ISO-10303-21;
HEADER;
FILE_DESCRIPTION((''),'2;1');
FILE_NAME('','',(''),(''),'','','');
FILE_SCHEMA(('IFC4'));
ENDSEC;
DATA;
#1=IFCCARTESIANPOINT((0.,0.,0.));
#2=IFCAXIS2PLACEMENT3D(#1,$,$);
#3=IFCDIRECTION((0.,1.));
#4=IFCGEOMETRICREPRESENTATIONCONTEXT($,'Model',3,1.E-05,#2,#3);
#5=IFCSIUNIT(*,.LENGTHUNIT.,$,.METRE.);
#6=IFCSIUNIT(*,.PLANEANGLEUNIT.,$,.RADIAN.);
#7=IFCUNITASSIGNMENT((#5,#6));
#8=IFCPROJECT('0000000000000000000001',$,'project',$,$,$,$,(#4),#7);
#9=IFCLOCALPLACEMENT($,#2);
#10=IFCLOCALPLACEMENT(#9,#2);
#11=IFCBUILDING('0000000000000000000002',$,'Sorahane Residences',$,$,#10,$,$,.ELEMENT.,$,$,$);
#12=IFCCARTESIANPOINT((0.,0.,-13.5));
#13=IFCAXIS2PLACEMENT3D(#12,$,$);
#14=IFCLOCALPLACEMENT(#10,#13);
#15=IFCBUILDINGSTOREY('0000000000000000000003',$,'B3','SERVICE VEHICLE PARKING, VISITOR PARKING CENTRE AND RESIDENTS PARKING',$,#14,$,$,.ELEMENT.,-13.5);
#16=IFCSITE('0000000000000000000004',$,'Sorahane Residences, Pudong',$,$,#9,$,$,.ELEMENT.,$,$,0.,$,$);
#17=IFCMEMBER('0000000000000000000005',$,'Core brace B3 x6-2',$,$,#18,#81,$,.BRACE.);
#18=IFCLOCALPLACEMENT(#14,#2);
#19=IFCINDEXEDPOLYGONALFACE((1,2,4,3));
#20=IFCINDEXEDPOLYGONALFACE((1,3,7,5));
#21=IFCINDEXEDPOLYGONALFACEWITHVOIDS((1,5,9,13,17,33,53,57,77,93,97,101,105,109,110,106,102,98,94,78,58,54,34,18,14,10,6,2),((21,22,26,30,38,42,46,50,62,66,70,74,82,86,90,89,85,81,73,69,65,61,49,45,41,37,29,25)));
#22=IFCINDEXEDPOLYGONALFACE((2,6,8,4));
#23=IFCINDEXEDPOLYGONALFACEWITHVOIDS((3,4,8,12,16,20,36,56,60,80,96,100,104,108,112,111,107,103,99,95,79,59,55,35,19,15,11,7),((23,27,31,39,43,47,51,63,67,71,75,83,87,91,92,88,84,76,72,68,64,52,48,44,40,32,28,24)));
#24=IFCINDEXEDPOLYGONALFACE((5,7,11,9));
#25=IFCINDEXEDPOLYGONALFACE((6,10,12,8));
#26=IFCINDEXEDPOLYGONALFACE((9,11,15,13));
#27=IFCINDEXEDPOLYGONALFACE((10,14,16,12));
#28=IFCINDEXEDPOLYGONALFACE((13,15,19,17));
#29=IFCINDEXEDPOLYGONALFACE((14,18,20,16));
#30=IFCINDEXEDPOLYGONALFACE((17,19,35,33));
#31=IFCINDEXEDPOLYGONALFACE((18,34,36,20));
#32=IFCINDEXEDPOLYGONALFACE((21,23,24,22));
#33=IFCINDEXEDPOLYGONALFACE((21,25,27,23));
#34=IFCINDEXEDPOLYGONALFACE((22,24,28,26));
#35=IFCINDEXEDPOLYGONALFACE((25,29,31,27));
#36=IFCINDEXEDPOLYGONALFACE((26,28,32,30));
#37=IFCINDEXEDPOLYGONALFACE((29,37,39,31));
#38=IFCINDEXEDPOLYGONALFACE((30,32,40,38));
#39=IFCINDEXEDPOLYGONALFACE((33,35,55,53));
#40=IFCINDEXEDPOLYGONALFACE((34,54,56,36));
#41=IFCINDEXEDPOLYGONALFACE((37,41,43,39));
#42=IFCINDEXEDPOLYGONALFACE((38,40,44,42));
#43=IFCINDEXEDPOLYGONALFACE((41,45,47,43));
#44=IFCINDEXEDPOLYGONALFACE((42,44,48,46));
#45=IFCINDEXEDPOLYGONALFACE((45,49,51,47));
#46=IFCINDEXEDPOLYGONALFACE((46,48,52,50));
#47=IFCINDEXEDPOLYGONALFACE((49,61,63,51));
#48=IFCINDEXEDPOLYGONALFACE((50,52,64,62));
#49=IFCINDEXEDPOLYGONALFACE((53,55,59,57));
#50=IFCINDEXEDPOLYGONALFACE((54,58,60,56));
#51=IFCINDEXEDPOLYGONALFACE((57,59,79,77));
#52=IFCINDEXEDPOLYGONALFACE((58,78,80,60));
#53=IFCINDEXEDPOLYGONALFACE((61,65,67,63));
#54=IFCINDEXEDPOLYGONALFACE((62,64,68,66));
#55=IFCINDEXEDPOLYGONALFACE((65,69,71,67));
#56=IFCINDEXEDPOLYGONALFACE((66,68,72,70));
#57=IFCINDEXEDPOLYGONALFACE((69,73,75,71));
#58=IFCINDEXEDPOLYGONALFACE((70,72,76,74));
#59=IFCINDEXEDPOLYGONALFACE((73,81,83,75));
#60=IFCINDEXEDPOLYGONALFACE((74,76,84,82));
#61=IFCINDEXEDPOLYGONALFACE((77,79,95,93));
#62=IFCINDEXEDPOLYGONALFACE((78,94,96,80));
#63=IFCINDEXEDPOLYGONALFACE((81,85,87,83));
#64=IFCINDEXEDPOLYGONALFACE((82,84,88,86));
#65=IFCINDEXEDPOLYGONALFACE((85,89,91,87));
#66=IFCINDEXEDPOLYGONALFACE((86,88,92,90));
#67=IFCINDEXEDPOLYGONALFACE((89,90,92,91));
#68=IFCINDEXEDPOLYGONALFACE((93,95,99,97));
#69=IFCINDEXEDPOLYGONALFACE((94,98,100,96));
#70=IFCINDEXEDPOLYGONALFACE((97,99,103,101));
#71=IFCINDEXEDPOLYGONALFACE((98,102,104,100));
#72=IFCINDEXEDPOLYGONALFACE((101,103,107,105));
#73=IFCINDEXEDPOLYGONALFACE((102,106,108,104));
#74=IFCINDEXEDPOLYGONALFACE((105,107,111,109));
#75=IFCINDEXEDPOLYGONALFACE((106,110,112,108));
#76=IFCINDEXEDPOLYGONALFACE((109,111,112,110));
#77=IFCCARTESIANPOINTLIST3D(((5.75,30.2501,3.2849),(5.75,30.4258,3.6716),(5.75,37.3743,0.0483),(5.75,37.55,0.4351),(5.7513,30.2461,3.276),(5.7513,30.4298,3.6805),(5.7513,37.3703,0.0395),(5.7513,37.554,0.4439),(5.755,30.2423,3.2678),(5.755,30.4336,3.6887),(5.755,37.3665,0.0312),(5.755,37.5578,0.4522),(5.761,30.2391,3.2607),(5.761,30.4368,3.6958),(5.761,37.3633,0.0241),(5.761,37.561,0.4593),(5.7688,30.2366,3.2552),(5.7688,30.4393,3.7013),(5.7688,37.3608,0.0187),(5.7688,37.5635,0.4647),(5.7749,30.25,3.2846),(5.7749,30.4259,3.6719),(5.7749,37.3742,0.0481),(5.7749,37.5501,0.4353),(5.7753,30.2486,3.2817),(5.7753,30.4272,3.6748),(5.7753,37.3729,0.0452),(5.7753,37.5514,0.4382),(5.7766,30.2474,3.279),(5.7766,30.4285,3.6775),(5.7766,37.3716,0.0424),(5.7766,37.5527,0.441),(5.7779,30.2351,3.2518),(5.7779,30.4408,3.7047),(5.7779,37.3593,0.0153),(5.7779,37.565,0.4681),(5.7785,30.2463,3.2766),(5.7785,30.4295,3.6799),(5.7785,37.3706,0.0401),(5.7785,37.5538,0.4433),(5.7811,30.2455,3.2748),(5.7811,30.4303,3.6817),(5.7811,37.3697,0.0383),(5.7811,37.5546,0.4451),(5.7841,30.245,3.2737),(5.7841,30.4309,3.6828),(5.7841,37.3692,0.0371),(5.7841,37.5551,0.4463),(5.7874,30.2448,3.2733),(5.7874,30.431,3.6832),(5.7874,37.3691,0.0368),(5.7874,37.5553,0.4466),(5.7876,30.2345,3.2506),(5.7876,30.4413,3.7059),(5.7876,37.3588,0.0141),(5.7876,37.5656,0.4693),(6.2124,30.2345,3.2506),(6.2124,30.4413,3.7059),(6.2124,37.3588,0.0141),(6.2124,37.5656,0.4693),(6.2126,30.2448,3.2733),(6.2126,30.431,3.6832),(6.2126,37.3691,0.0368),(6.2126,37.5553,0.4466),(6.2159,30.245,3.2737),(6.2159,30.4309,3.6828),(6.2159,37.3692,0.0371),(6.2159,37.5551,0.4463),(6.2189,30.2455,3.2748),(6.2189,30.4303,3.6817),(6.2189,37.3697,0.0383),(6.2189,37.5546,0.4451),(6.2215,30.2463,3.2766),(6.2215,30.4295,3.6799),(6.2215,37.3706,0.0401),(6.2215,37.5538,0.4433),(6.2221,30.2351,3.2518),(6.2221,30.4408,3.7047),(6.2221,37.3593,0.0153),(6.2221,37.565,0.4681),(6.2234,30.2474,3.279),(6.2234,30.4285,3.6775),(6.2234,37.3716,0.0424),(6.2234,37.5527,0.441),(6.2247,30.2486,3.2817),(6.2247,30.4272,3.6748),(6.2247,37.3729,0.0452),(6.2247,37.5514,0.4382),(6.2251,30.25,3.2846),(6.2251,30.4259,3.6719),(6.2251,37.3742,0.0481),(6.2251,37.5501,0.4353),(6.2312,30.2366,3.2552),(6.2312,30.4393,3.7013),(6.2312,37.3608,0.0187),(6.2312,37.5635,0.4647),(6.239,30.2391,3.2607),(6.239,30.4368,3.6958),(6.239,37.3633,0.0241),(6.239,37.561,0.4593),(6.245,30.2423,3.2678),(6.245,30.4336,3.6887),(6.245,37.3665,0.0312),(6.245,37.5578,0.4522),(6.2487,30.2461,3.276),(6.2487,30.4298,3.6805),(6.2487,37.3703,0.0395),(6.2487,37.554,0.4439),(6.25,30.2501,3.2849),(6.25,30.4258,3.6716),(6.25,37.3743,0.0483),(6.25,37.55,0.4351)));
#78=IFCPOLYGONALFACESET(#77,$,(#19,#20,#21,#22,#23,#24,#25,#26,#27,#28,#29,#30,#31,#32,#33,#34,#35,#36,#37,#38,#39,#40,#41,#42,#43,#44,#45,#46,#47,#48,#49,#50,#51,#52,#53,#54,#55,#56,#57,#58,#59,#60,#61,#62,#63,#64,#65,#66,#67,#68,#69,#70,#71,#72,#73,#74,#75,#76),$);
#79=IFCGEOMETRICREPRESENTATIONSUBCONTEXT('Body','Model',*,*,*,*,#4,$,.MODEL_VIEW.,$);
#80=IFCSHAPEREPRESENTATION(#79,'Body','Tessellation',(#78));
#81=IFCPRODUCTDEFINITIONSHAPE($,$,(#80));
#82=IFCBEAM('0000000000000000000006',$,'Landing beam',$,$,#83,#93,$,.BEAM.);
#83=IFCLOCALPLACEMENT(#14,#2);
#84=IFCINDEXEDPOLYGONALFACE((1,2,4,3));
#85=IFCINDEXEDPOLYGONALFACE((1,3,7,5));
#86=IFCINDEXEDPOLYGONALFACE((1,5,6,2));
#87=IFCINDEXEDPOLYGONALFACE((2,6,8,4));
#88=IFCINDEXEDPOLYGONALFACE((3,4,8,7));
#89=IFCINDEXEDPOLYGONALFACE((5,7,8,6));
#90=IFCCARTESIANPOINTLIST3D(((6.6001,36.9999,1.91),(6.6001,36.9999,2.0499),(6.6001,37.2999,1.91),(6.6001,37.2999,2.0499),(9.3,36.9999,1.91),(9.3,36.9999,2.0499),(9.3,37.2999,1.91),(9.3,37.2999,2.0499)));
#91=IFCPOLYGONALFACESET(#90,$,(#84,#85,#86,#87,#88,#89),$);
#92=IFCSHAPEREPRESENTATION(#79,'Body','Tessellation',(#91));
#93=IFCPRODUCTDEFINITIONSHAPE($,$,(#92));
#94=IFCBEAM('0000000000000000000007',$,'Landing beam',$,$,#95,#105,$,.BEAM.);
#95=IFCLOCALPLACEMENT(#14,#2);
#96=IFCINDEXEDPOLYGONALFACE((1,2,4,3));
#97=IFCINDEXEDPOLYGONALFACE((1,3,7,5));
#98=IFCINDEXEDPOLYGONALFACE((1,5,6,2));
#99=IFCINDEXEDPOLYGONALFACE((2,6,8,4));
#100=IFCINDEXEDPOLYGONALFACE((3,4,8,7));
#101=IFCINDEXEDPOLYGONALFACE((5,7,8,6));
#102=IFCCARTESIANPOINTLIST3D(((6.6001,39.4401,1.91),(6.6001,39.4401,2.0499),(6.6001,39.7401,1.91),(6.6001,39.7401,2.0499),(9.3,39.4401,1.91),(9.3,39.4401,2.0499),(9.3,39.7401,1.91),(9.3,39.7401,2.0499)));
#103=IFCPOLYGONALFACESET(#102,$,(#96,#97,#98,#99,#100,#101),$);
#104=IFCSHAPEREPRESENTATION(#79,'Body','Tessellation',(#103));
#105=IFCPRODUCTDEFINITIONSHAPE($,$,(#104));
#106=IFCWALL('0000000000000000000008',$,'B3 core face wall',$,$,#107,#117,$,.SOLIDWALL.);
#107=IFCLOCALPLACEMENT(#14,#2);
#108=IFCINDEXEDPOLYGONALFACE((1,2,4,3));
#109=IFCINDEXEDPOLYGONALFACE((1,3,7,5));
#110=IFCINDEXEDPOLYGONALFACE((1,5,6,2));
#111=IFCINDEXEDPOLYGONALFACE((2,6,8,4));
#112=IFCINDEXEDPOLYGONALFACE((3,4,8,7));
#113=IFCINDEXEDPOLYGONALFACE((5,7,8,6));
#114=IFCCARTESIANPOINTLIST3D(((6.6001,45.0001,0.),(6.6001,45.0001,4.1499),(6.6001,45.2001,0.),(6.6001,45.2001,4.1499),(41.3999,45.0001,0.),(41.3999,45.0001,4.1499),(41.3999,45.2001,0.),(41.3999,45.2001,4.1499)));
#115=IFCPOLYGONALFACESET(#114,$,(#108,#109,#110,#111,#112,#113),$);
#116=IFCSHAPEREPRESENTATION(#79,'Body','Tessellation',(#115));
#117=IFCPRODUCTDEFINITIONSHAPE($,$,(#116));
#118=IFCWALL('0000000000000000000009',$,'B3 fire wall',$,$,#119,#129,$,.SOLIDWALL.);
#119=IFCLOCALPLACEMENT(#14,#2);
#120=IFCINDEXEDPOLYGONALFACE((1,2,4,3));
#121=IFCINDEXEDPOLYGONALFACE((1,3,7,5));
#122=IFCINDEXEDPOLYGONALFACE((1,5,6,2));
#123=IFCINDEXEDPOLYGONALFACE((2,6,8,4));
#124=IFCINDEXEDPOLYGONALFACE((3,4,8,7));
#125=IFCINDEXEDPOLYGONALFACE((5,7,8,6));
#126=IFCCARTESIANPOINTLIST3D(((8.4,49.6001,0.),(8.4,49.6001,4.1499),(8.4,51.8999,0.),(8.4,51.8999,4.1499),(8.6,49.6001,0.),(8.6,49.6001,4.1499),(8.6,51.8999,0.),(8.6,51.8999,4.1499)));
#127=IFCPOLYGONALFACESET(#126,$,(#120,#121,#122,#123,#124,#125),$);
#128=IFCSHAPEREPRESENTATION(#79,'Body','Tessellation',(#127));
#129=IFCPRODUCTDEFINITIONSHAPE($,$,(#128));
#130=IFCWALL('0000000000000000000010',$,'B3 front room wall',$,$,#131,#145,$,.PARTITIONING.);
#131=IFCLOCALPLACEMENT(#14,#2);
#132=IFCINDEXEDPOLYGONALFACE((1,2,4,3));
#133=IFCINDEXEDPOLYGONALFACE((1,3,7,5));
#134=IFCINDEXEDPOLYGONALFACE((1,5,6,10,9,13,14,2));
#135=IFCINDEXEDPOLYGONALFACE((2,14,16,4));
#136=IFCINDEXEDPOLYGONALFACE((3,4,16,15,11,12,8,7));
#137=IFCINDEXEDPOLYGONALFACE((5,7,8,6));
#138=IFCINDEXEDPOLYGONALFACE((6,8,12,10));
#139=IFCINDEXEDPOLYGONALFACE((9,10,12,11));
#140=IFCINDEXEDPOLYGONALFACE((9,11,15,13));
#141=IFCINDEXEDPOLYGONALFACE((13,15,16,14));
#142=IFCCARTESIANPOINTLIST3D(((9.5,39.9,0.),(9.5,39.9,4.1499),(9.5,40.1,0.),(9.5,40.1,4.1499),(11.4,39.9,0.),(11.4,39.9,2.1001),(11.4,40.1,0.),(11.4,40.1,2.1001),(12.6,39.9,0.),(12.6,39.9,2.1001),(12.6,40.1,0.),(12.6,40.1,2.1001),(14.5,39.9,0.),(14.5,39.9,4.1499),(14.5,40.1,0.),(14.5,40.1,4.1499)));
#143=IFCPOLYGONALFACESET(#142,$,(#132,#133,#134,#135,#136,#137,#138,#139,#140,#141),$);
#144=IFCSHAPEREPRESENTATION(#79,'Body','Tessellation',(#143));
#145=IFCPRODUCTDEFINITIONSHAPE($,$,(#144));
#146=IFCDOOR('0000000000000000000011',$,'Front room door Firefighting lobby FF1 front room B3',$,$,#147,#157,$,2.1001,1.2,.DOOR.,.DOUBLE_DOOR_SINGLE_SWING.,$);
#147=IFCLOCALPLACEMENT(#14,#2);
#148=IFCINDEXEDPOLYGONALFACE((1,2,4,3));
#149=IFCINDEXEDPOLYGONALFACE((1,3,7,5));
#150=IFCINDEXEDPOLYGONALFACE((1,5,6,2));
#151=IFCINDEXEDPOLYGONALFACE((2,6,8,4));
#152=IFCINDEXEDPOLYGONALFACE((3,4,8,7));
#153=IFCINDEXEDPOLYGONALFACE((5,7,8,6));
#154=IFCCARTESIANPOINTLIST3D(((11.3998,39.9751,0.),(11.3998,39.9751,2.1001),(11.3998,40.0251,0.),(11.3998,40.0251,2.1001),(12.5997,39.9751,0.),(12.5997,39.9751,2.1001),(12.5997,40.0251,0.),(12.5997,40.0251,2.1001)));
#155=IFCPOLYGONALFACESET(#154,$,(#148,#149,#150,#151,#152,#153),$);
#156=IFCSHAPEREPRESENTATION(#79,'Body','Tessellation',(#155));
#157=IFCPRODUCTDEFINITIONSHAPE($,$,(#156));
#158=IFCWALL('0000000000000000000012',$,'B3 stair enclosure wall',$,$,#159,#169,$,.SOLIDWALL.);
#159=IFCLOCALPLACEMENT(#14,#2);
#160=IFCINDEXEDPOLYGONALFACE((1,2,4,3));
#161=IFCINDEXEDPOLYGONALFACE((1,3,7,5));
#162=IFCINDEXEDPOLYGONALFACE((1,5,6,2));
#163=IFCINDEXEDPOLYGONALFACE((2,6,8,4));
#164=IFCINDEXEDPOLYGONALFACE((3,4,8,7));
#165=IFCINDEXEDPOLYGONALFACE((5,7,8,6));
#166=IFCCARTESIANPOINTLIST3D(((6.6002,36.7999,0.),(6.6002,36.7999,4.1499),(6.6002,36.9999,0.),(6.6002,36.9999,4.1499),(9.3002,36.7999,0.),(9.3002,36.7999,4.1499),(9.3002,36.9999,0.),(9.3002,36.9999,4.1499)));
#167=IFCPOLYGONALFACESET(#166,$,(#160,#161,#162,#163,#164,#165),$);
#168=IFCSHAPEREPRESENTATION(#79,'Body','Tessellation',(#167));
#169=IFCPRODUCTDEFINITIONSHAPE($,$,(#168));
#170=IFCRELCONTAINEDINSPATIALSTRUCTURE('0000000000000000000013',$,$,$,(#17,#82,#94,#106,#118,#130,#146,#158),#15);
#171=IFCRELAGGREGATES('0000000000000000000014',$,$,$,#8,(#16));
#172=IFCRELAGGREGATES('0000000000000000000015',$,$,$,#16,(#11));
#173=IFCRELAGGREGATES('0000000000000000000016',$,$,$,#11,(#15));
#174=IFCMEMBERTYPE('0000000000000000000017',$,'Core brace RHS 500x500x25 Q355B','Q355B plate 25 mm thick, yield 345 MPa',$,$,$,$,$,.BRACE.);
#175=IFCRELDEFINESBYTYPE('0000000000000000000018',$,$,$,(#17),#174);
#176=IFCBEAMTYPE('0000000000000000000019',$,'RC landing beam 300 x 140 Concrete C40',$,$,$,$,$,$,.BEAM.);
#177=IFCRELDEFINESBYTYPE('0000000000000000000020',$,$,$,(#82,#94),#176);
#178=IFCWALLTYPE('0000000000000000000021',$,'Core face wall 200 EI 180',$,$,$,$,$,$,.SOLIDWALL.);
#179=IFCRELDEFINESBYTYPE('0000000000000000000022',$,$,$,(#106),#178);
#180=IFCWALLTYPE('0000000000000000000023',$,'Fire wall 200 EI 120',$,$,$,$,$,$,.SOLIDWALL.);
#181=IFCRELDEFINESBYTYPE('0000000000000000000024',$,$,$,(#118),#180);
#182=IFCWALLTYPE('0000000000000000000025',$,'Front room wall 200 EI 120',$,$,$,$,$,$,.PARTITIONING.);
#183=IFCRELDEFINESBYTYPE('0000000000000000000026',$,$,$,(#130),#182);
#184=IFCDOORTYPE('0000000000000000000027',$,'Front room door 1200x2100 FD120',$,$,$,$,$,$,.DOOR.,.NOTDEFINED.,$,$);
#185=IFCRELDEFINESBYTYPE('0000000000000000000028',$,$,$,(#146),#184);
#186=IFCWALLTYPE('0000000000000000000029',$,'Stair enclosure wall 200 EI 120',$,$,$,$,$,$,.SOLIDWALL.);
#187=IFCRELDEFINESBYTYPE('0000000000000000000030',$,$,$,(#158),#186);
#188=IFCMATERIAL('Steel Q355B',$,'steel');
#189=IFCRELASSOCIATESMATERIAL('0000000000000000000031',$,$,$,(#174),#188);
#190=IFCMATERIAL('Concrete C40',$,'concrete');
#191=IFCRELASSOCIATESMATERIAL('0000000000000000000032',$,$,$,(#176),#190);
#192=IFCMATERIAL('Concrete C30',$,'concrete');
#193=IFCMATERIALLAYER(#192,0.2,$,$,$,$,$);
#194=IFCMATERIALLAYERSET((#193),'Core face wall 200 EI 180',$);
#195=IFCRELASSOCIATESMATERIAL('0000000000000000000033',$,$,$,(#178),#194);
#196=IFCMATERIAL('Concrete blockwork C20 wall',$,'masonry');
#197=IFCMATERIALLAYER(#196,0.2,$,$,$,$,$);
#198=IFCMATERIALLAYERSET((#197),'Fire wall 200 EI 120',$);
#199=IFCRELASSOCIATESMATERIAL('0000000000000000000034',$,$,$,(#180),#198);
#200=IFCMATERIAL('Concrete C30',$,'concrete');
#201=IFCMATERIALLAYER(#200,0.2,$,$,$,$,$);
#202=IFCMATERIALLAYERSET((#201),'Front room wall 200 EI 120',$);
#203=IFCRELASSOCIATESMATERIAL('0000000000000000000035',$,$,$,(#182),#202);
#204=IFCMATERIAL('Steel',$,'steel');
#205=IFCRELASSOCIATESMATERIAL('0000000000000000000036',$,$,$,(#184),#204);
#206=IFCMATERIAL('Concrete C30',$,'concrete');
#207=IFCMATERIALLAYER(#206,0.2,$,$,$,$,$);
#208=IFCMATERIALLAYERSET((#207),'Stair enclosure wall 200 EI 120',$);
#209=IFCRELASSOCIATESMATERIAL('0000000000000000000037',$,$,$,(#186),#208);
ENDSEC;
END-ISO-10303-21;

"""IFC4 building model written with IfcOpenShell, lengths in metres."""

from ifc_helpers import new_model, si_unit, direction, frame, frame_2d, origin, origin_2d, place, context, subcontext, project, spatial, rectangle, hollow_rectangle, extrude, material, layer, layer_set, material_profile, profile_set, type_object, element, fill, save


model = new_model("IFC4")

# Units and contexts
model_context = context("Model", 3, precision=1e-05, world=origin(), true_north=direction((0.0, 1.0)))
body_context = subcontext(model_context, "Body", "Model", "MODEL_VIEW")
ifc_project = project(units=[si_unit("LENGTHUNIT", "METRE"), si_unit("PLANEANGLEUNIT", "RADIAN")], contexts=[model_context])

# Site, building, storey
site_placement = place(None, origin())
site = spatial("IfcSite", under=ifc_project, at=site_placement, Name="Sorahane Residences, Pudong", CompositionType="ELEMENT", RefElevation=0.0)
building_placement = place(site_placement, origin())
building = spatial("IfcBuilding", under=site, at=building_placement, Name="Sorahane Residences", CompositionType="ELEMENT")
storey_placement = place(building_placement, frame((0.0, 0.0, -13.5)))
storey = spatial("IfcBuildingStorey", under=building, at=storey_placement, Name="B3", Description="SERVICE VEHICLE PARKING, VISITOR PARKING CENTRE AND RESIDENTS PARKING", CompositionType="ELEMENT", Elevation=-13.5)

# Member
ifc_material_1 = material(Name="Steel Q355B", Category="steel")
ifc_material_profile_1 = material_profile(ifc_material_1, hollow_rectangle(XDim=0.5, YDim=0.5, WallThickness=0.0249, InnerFilletRadius=0.0125, OuterFilletRadius=0.0376, at=origin_2d()), Name="RHS 500x500x25")
ifc_profile_set_1 = profile_set([ifc_material_profile_1], Name="Steel Q355B")
member_type = type_object("IfcMemberType", Name="Core brace RHS 500x500x25 Q355B", Description="Q355B plate 25 mm thick, yield 345 MPa", PredefinedType="BRACE", material=ifc_profile_set_1)
member_placement = place(storey_placement, frame((6.0, 37.4622, 0.2417), z_axis=(0.0, -0.91045, 0.41362), x_axis=(1.0, 0.0, 0.0)))
element("IfcMember", 1, at=member_placement, inside=storey, type_object=member_type, Name="Core brace B3 x6-2", PredefinedType="BRACE", context=body_context, shape_type="SweptSolid", body=[
    extrude(hollow_rectangle(XDim=0.5, YDim=0.5, WallThickness=0.0249, InnerFilletRadius=0.0125, OuterFilletRadius=0.0376, at=origin_2d()), origin(), (0.0, 0.0, 1.0), 7.825),
])

# Beams
ifc_material_2 = material(Name="Concrete C40", Category="concrete")
ifc_material_profile_2 = material_profile(ifc_material_2, rectangle(XDim=0.3, YDim=0.1399, at=origin_2d()), Name="300x140")
ifc_profile_set_2 = profile_set([ifc_material_profile_2], Name="Concrete C40")
beam_type = type_object("IfcBeamType", Name="RC landing beam 300 x 140 Concrete C40", PredefinedType="BEAM", material=ifc_profile_set_2)
for number, where, z_axis, x_axis, name in (
    (2, (6.6001, 37.1499, 1.98), (1.0, 0.0, 0.0), (0.0, 1.0, 0.0), "Landing beam"),
    (3, (6.6001, 39.5901, 1.98), (1.0, 0.0, 0.0), (0.0, 1.0, 0.0), "Landing beam"),
):
    element("IfcBeam", number, at=place(storey_placement, frame(where, z_axis=z_axis, x_axis=x_axis)), inside=storey, type_object=beam_type, Name=name, PredefinedType="BEAM", context=body_context, shape_type="SweptSolid", body=[
        extrude(rectangle(XDim=0.3, YDim=0.1399, at=origin_2d()), origin(), (0.0, 0.0, 1.0), 2.7),
    ])

# Walls
ifc_material_3 = material(Name="Concrete C30", Category="concrete")
ifc_layer_1 = layer(ifc_material_3, 0.2)
ifc_layer_set_1 = layer_set([ifc_layer_1], Name="Core face wall 200 EI 180")
wall_type_1 = type_object("IfcWallType", Name="Core face wall 200 EI 180", PredefinedType="SOLIDWALL", material=ifc_layer_set_1)
wall_1_placement = place(storey_placement, frame((6.6001, 45.1001, 0.0), z_axis=(0.0, 0.0, 1.0), x_axis=(1.0, 0.0, 0.0)))
element("IfcWall", 4, at=wall_1_placement, inside=storey, type_object=wall_type_1, Name="B3 core face wall", PredefinedType="SOLIDWALL", context=body_context, shape_type="SweptSolid", body=[
    extrude(rectangle(XDim=34.7998, YDim=0.2, at=frame_2d((17.3999, 0.0))), origin(), (0.0, 0.0, 1.0), 4.1499),
])
ifc_material_4 = material(Name="Concrete blockwork C20 wall", Category="masonry")
ifc_layer_2 = layer(ifc_material_4, 0.2)
ifc_layer_set_2 = layer_set([ifc_layer_2], Name="Fire wall 200 EI 120")
wall_type_2 = type_object("IfcWallType", Name="Fire wall 200 EI 120", PredefinedType="SOLIDWALL", material=ifc_layer_set_2)
wall_2_placement = place(storey_placement, frame((8.5, 49.6001, 0.0), z_axis=(0.0, 0.0, 1.0), x_axis=(0.0, 1.0, 0.0)))
element("IfcWall", 5, at=wall_2_placement, inside=storey, type_object=wall_type_2, Name="B3 fire wall", PredefinedType="SOLIDWALL", context=body_context, shape_type="SweptSolid", body=[
    extrude(rectangle(XDim=2.2998, YDim=0.2, at=frame_2d((1.1499, 0.0))), origin(), (0.0, 0.0, 1.0), 4.1499),
])

# Wall, opening, door
ifc_material_5 = material(Name="Concrete C30", Category="concrete")
ifc_layer_3 = layer(ifc_material_5, 0.2)
ifc_layer_set_3 = layer_set([ifc_layer_3], Name="Front room wall 200 EI 120")
wall_type_3 = type_object("IfcWallType", Name="Front room wall 200 EI 120", PredefinedType="PARTITIONING", material=ifc_layer_set_3)
wall_3_placement = place(storey_placement, frame((9.5, 40.0, 0.0), z_axis=(0.0, 0.0, 1.0), x_axis=(1.0, 0.0, 0.0)))
wall_3 = element("IfcWall", 6, at=wall_3_placement, inside=storey, type_object=wall_type_3, Name="B3 front room wall", PredefinedType="PARTITIONING", context=body_context, shape_type="SweptSolid", body=[
    extrude(rectangle(XDim=5.0, YDim=0.2, at=frame_2d((2.5, 0.0))), origin(), (0.0, 0.0, 1.0), 4.1499),
])
opening_placement = place(wall_3_placement, frame((1.8999, 0.0, 0.0)))
opening = element("IfcOpeningElement", 7, at=opening_placement, cuts=wall_3, PredefinedType="OPENING", context=body_context, shape_type="SweptSolid", body=[
    extrude(rectangle(XDim=1.2, YDim=2.1001, at=frame_2d((0.6001, 1.05))), frame((0.0, 0.1099, 0.0), z_axis=(0.0, -1.0, 0.0), x_axis=(1.0, 0.0, 0.0)), (0.0, 0.0, 1.0), 0.22),
])
ifc_material_6 = material(Name="Steel", Category="steel")
door_type = type_object("IfcDoorType", Name="Front room door 1200x2100 FD120", OperationType="NOTDEFINED", PredefinedType="DOOR", material=ifc_material_6)
door_placement = place(opening_placement, frame((1.2, 0.0, 0.0), z_axis=(0.0, 0.0, 1.0), x_axis=(-1.0, 0.0, 0.0)))
door = element("IfcDoor", 8, at=door_placement, inside=storey, type_object=door_type, Name="Front room door Firefighting lobby FF1 front room B3", OperationType="DOUBLE_DOOR_SINGLE_SWING", OverallHeight=2.1001, OverallWidth=1.2, PredefinedType="DOOR", context=body_context, shape_type="SweptSolid", body=[
    extrude(rectangle(XDim=1.2, YDim=2.1001, at=frame_2d((0.6001, 1.05))), frame((0.0, 0.0249, 0.0), z_axis=(0.0, -1.0, 0.0), x_axis=(1.0, 0.0, 0.0)), (0.0, 0.0, 1.0), 0.05),
])
fill(opening, door)

# Wall
ifc_material_7 = material(Name="Concrete C30", Category="concrete")
ifc_layer_4 = layer(ifc_material_7, 0.2)
ifc_layer_set_4 = layer_set([ifc_layer_4], Name="Stair enclosure wall 200 EI 120")
wall_type_4 = type_object("IfcWallType", Name="Stair enclosure wall 200 EI 120", PredefinedType="SOLIDWALL", material=ifc_layer_set_4)
wall_4_placement = place(storey_placement, frame((6.6001, 36.8999, 0.0), z_axis=(0.0, 0.0, 1.0), x_axis=(1.0, 0.0, 0.0)))
element("IfcWall", 9, at=wall_4_placement, inside=storey, type_object=wall_type_4, Name="B3 stair enclosure wall", PredefinedType="SOLIDWALL", context=body_context, shape_type="SweptSolid", body=[
    extrude(rectangle(XDim=2.7, YDim=0.2, at=frame_2d((1.3501, 0.0))), origin(), (0.0, 0.0, 1.0), 4.1499),
])

save(model, "model.ifc")
